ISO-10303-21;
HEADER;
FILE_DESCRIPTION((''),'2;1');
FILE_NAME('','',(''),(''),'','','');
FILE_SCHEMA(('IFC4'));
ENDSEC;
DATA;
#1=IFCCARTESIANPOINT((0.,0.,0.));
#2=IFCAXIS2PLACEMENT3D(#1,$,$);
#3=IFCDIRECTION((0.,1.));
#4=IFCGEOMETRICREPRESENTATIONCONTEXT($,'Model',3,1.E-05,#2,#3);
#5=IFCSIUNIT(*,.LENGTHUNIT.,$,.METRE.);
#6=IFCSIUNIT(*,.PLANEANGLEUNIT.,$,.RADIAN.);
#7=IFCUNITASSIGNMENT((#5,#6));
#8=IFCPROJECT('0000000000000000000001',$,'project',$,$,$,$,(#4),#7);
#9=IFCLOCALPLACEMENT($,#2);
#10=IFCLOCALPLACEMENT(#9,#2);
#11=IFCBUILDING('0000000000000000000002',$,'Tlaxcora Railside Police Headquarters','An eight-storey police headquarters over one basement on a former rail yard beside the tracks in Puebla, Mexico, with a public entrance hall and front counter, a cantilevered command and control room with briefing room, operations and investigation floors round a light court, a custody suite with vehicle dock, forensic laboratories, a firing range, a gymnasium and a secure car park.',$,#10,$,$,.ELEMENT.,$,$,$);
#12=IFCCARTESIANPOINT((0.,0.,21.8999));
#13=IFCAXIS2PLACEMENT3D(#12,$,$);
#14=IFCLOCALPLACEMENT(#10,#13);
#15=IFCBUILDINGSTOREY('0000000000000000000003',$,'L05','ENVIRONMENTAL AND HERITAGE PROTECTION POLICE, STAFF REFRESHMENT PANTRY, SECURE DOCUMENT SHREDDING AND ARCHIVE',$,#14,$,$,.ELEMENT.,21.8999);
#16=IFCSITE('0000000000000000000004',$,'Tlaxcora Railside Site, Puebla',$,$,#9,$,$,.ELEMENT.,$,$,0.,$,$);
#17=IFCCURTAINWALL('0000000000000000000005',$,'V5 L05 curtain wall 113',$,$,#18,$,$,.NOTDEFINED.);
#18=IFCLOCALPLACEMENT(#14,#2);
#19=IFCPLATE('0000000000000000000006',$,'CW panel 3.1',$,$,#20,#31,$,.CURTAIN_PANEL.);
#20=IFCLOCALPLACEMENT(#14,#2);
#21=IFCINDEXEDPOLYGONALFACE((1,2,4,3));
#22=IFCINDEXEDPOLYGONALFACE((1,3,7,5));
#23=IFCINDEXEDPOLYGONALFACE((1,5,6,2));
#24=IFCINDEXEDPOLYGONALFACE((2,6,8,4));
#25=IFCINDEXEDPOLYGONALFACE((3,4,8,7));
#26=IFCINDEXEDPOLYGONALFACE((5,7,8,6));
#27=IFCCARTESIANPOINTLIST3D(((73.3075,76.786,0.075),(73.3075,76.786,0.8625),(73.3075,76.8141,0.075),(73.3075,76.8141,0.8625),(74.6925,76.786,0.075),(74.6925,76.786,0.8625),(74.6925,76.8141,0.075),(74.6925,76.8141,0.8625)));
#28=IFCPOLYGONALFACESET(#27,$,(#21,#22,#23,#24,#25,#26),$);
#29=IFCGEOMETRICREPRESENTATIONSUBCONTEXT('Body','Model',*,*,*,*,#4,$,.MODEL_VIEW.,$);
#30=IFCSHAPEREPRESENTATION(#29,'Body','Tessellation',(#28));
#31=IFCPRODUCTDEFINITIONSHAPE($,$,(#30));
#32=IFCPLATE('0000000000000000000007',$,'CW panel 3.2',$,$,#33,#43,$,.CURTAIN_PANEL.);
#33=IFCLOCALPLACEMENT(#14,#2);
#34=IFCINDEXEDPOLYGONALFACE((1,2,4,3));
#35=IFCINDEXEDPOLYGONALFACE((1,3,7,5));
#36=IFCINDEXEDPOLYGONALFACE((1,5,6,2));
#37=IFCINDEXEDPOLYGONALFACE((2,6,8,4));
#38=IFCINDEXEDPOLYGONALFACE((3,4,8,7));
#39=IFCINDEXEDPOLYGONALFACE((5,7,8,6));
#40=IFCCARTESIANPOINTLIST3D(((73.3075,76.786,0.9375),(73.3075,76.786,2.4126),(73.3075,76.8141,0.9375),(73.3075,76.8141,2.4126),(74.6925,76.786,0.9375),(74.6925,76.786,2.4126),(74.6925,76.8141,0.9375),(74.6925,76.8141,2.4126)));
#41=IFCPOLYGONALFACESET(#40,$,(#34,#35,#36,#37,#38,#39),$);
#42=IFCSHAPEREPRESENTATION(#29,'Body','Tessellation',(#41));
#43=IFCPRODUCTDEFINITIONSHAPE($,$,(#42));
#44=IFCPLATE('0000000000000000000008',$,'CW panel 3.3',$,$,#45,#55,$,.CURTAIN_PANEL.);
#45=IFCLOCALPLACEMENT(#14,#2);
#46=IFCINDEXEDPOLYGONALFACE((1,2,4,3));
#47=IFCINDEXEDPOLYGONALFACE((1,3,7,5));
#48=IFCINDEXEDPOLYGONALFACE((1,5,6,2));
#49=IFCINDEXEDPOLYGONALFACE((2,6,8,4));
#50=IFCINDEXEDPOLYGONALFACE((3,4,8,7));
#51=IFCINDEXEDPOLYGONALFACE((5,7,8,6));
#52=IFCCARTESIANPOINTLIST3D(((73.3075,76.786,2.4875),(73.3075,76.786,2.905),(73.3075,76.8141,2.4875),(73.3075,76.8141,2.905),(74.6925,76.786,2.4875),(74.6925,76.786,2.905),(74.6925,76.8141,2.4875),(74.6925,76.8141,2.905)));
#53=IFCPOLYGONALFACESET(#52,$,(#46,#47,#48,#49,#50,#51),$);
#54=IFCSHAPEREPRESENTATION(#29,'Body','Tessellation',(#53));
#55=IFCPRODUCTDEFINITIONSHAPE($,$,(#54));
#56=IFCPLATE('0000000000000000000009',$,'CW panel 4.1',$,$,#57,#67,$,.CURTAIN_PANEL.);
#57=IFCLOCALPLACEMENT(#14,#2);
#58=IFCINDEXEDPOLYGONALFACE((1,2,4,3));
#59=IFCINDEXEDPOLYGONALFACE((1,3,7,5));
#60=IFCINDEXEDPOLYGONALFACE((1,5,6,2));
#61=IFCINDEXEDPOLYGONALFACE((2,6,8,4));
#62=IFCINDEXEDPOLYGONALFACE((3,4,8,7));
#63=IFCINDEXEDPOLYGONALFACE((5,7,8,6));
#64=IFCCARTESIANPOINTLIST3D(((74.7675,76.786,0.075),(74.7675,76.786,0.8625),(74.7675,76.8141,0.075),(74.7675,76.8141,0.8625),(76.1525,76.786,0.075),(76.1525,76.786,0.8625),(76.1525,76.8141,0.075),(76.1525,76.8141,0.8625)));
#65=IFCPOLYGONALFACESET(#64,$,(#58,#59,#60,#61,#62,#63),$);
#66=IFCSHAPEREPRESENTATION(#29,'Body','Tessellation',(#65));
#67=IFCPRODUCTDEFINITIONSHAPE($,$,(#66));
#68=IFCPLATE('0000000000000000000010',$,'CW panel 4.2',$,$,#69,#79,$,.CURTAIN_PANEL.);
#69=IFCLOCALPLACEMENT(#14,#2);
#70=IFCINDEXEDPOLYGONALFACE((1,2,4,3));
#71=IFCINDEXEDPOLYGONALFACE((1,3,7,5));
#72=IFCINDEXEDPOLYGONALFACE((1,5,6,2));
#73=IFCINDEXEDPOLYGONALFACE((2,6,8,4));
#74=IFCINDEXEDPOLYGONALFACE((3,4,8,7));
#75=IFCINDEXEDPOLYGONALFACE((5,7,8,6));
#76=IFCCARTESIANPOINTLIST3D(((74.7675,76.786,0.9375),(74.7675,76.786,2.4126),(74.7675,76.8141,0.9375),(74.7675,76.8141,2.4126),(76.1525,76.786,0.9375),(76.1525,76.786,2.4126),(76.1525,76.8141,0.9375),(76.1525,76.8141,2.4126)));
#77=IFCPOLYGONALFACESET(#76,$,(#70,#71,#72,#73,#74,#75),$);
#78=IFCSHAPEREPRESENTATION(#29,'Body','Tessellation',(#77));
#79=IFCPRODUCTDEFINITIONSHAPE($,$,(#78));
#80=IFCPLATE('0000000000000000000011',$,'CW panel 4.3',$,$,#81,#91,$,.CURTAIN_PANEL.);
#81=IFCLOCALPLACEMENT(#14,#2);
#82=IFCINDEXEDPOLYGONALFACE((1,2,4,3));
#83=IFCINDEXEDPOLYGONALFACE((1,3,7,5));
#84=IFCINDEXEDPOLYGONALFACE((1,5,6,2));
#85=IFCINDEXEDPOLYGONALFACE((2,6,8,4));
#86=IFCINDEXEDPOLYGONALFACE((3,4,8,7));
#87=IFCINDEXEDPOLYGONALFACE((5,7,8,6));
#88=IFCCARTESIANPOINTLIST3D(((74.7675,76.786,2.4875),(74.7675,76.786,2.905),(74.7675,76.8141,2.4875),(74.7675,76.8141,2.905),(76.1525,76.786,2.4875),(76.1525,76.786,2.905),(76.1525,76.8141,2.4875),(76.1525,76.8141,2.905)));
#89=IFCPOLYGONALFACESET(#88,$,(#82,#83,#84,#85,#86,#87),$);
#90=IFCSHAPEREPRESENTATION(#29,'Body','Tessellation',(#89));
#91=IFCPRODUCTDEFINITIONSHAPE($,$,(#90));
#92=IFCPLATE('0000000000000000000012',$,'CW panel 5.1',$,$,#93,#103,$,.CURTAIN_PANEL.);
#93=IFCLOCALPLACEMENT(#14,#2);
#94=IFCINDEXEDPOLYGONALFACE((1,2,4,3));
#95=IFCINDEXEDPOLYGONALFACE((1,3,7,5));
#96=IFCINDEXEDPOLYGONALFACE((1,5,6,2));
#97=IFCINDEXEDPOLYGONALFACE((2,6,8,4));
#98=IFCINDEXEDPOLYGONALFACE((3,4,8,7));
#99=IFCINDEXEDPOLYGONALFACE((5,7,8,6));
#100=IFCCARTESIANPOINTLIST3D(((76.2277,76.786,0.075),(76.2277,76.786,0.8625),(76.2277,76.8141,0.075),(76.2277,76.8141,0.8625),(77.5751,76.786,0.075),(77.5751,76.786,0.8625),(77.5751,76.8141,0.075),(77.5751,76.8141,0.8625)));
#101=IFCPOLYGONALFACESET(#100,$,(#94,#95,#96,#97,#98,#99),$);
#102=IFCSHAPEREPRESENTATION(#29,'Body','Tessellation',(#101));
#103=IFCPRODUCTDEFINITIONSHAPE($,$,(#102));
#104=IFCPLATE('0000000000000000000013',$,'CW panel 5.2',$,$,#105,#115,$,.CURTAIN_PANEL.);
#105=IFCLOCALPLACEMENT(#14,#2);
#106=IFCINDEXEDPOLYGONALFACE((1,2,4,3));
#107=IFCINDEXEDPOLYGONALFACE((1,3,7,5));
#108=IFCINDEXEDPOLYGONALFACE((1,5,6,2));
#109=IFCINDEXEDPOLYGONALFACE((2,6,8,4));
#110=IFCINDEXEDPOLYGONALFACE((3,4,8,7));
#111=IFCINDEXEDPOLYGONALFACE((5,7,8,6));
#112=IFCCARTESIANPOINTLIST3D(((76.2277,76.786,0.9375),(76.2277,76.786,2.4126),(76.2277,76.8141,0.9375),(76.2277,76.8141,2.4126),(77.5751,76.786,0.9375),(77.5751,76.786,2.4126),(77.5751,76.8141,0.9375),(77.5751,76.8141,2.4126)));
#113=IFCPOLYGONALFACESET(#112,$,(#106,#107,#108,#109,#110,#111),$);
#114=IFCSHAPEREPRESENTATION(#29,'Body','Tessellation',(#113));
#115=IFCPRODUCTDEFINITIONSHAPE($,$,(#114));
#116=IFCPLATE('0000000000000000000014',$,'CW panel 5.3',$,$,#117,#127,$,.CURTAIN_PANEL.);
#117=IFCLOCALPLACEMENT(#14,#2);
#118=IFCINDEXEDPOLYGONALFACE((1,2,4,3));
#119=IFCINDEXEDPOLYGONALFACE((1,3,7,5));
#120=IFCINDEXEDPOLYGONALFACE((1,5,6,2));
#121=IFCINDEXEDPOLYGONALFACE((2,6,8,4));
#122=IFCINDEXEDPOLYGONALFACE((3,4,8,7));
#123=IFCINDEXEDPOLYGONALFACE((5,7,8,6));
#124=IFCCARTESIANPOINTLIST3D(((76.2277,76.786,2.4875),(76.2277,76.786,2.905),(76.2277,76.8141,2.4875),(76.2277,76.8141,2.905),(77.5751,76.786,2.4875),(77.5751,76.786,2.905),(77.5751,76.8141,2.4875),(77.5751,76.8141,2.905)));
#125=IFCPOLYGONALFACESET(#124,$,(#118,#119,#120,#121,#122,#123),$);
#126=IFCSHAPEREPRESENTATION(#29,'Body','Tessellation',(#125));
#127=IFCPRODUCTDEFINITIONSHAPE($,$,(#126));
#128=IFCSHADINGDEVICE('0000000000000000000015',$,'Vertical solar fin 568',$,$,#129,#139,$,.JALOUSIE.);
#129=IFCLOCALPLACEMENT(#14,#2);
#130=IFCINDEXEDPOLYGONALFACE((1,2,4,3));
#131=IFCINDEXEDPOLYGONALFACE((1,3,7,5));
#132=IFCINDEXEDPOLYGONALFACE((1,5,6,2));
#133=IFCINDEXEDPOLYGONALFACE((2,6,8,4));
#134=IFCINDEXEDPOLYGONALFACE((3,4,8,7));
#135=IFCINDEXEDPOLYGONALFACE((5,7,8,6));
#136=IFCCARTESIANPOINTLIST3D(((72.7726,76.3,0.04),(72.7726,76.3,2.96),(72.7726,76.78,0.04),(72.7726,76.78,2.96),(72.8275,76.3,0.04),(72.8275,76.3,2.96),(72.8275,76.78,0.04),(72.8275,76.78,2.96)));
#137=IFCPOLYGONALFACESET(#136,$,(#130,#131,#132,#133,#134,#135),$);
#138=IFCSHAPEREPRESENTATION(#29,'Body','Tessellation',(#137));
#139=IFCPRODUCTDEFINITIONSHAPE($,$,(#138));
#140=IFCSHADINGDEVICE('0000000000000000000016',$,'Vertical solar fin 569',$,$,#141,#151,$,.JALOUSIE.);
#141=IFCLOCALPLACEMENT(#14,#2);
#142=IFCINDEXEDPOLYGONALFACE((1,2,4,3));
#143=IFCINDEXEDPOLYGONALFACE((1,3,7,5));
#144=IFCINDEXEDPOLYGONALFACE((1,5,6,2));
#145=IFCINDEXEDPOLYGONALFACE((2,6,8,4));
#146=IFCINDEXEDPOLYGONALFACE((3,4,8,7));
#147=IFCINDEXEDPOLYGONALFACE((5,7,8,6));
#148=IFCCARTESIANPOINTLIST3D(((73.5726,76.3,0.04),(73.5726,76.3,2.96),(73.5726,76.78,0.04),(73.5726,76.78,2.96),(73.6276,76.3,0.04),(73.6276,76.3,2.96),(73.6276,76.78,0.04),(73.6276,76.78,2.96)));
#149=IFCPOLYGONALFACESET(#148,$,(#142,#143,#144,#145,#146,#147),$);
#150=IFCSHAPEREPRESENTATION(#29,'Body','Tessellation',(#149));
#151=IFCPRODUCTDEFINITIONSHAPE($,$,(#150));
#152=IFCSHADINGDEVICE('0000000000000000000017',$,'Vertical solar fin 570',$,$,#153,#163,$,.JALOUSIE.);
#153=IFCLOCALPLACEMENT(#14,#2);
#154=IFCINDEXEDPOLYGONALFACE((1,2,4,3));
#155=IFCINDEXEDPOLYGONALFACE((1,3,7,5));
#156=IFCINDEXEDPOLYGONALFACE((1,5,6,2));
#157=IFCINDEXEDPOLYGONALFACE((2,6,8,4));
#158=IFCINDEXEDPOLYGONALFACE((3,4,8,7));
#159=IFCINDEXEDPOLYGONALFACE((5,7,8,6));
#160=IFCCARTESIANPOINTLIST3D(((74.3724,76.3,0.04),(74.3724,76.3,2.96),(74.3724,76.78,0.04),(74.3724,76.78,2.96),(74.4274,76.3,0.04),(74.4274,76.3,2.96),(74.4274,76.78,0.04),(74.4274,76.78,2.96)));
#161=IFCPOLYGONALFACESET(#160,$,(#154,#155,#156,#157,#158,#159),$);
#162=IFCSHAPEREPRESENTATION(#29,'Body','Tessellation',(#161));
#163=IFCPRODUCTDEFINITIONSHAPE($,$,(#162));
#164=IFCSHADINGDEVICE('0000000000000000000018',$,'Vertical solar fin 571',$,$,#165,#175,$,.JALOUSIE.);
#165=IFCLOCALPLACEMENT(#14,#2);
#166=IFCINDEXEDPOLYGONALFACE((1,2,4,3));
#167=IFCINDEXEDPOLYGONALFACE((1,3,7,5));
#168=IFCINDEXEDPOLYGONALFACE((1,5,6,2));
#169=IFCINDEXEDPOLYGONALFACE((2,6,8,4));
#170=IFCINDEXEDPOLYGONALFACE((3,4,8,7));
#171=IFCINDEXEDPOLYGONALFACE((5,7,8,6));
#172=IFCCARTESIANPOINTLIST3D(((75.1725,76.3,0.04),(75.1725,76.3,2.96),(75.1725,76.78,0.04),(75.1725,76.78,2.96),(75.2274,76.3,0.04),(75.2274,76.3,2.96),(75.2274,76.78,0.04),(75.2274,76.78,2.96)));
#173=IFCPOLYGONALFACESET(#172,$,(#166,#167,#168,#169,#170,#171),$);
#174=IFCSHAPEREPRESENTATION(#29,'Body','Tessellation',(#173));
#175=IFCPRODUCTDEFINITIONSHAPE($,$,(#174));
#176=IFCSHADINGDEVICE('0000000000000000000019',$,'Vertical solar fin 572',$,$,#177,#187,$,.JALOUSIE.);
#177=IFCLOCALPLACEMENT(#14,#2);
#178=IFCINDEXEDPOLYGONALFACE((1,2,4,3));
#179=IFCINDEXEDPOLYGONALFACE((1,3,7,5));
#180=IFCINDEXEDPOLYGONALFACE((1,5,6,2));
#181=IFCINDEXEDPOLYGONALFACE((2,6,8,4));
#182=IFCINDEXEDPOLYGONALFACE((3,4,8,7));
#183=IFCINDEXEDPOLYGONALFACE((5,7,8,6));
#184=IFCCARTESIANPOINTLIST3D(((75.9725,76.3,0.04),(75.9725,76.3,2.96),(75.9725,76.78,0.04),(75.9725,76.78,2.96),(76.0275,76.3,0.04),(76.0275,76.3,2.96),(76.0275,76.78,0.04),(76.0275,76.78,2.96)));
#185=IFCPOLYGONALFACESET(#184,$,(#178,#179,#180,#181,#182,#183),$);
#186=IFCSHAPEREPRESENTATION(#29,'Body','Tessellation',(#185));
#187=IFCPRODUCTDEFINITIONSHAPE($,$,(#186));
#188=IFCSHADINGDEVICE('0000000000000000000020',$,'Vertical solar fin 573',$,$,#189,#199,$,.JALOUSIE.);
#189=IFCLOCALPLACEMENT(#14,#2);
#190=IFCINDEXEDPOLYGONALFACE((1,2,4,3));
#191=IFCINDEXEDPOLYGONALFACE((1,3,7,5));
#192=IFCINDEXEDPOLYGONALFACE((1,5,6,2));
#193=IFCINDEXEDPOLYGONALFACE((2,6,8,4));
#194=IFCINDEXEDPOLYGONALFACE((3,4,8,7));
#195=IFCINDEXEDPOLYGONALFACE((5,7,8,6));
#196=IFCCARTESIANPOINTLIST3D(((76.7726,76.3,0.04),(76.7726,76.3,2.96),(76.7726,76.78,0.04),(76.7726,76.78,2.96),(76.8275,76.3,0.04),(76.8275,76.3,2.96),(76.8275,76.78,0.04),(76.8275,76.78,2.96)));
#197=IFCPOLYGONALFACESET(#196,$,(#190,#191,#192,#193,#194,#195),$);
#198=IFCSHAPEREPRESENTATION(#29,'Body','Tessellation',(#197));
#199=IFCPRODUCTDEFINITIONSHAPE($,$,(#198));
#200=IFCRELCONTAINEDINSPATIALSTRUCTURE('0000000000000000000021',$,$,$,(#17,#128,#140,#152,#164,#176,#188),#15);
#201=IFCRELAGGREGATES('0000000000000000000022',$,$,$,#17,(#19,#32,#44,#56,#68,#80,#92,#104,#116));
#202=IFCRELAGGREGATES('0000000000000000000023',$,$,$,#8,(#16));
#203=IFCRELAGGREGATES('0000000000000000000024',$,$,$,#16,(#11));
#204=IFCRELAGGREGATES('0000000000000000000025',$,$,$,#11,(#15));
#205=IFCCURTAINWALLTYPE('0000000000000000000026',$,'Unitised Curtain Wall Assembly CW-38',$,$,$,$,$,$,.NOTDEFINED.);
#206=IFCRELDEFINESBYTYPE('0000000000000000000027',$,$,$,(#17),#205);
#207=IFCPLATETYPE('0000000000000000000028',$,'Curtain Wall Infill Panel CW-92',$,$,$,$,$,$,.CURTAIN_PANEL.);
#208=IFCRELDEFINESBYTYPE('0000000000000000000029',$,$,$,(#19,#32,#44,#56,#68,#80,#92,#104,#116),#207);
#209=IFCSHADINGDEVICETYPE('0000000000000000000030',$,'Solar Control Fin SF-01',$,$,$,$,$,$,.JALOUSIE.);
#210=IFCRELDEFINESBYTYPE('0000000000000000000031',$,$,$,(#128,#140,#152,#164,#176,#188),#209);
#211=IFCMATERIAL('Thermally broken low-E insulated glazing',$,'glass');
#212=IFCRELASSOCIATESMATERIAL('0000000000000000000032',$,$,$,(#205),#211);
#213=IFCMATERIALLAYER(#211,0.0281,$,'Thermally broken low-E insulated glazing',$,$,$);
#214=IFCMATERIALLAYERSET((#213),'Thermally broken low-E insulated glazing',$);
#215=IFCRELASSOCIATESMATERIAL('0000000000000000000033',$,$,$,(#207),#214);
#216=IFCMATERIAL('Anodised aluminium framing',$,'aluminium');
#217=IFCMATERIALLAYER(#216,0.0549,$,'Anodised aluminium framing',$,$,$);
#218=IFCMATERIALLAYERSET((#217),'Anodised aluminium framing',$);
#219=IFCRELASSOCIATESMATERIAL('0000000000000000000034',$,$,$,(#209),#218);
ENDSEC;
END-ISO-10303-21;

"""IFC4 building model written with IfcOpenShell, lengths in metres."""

from ifc_helpers import new_model, si_unit, direction, frame, origin, origin_2d, place, context, subcontext, project, spatial, rectangle, extrude, material, layer, layer_set, type_object, element, aggregate, save


model = new_model("IFC4")

# Units and contexts
model_context = context("Model", 3, precision=1e-05, world=origin(), true_north=direction((0.0, 1.0)))
body_context = subcontext(model_context, "Body", "Model", "MODEL_VIEW")
ifc_project = project(units=[si_unit("LENGTHUNIT", "METRE"), si_unit("PLANEANGLEUNIT", "RADIAN")], contexts=[model_context])

# Site, building, storey
site_placement = place(None, origin())
site = spatial("IfcSite", under=ifc_project, at=site_placement, Name="Tlaxcora Railside Site, Puebla", CompositionType="ELEMENT", RefElevation=0.0)
building_placement = place(site_placement, origin())
building = spatial("IfcBuilding", under=site, at=building_placement, Name="Tlaxcora Railside Police Headquarters", Description="An eight-storey police headquarters over one basement on a former rail yard beside the tracks in Puebla, Mexico, with a public entrance hall and front counter, a cantilevered command and control room with briefing room, operations and investigation floors round a light court, a custody suite with vehicle dock, forensic laboratories, a firing range, a gymnasium and a secure car park.", CompositionType="ELEMENT")
storey_placement = place(building_placement, frame((0.0, 0.0, 21.8999)))
storey = spatial("IfcBuildingStorey", under=building, at=storey_placement, Name="L05", Description="ENVIRONMENTAL AND HERITAGE PROTECTION POLICE, STAFF REFRESHMENT PANTRY, SECURE DOCUMENT SHREDDING AND ARCHIVE", CompositionType="ELEMENT", Elevation=21.8999)

# Curtain wall, plates
ifc_material_1 = material(Name="Thermally broken low-E insulated glazing", Category="glass")
curtain_wall_type = type_object("IfcCurtainWallType", Name="Unitised Curtain Wall Assembly CW-38", PredefinedType="NOTDEFINED", material=ifc_material_1)
curtain_wall_placement = place(storey_placement, origin())
curtain_wall = element("IfcCurtainWall", 1, at=curtain_wall_placement, inside=storey, type_object=curtain_wall_type, Name="V5 L05 curtain wall 113", PredefinedType="NOTDEFINED")
ifc_material_2 = material(Name="Anodised aluminium framing", Category="aluminium")
ifc_layer_1 = layer(ifc_material_1, 0.0281, Name="Thermally broken low-E insulated glazing")
ifc_layer_set_1 = layer_set([ifc_layer_1], Name="Thermally broken low-E insulated glazing")
plate_type = type_object("IfcPlateType", Name="Curtain Wall Infill Panel CW-92", PredefinedType="CURTAIN_PANEL", material=ifc_layer_set_1)
plate_1_placement = place(storey_placement, frame((74.0, 76.8, 0.075), z_axis=(0.0, 0.0, 1.0), x_axis=(1.0, 0.0, 0.0)))
plate_1 = element("IfcPlate", 2, at=plate_1_placement, type_object=plate_type, Name="CW panel 3.1", PredefinedType="CURTAIN_PANEL", context=body_context, shape_type="SweptSolid", body=[
    extrude(rectangle(XDim=1.385, YDim=0.0281, at=origin_2d()), origin(), (0.0, 0.0, 1.0), 0.7876),
])
plate_2_placement = place(storey_placement, frame((74.0, 76.8, 0.9375), z_axis=(0.0, 0.0, 1.0), x_axis=(1.0, 0.0, 0.0)))
plate_2 = element("IfcPlate", 3, at=plate_2_placement, type_object=plate_type, Name="CW panel 3.2", PredefinedType="CURTAIN_PANEL", context=body_context, shape_type="SweptSolid", body=[
    extrude(rectangle(XDim=1.385, YDim=0.0281, at=origin_2d()), origin(), (0.0, 0.0, 1.0), 1.4751),
])
plate_3_placement = place(storey_placement, frame((74.0, 76.8, 2.4875), z_axis=(0.0, 0.0, 1.0), x_axis=(1.0, 0.0, 0.0)))
plate_3 = element("IfcPlate", 4, at=plate_3_placement, type_object=plate_type, Name="CW panel 3.3", PredefinedType="CURTAIN_PANEL", context=body_context, shape_type="SweptSolid", body=[
    extrude(rectangle(XDim=1.385, YDim=0.0281, at=origin_2d()), origin(), (0.0, 0.0, 1.0), 0.4175),
])
plate_4_placement = place(storey_placement, frame((75.46, 76.8, 0.075), z_axis=(0.0, 0.0, 1.0), x_axis=(1.0, 0.0, 0.0)))
plate_4 = element("IfcPlate", 5, at=plate_4_placement, type_object=plate_type, Name="CW panel 4.1", PredefinedType="CURTAIN_PANEL", context=body_context, shape_type="SweptSolid", body=[
    extrude(rectangle(XDim=1.385, YDim=0.0281, at=origin_2d()), origin(), (0.0, 0.0, 1.0), 0.7876),
])
plate_5_placement = place(storey_placement, frame((75.46, 76.8, 0.9375), z_axis=(0.0, 0.0, 1.0), x_axis=(1.0, 0.0, 0.0)))
plate_5 = element("IfcPlate", 6, at=plate_5_placement, type_object=plate_type, Name="CW panel 4.2", PredefinedType="CURTAIN_PANEL", context=body_context, shape_type="SweptSolid", body=[
    extrude(rectangle(XDim=1.385, YDim=0.0281, at=origin_2d()), origin(), (0.0, 0.0, 1.0), 1.4751),
])
plate_6_placement = place(storey_placement, frame((75.46, 76.8, 2.4875), z_axis=(0.0, 0.0, 1.0), x_axis=(1.0, 0.0, 0.0)))
plate_6 = element("IfcPlate", 7, at=plate_6_placement, type_object=plate_type, Name="CW panel 4.3", PredefinedType="CURTAIN_PANEL", context=body_context, shape_type="SweptSolid", body=[
    extrude(rectangle(XDim=1.385, YDim=0.0281, at=origin_2d()), origin(), (0.0, 0.0, 1.0), 0.4175),
])
plate_7_placement = place(storey_placement, frame((76.9014, 76.8, 0.075), z_axis=(0.0, 0.0, 1.0), x_axis=(1.0, 0.0, 0.0)))
plate_7 = element("IfcPlate", 8, at=plate_7_placement, type_object=plate_type, Name="CW panel 5.1", PredefinedType="CURTAIN_PANEL", context=body_context, shape_type="SweptSolid", body=[
    extrude(rectangle(XDim=1.3474, YDim=0.0281, at=origin_2d()), origin(), (0.0, 0.0, 1.0), 0.7876),
])
plate_8_placement = place(storey_placement, frame((76.9014, 76.8, 0.9375), z_axis=(0.0, 0.0, 1.0), x_axis=(1.0, 0.0, 0.0)))
plate_8 = element("IfcPlate", 9, at=plate_8_placement, type_object=plate_type, Name="CW panel 5.2", PredefinedType="CURTAIN_PANEL", context=body_context, shape_type="SweptSolid", body=[
    extrude(rectangle(XDim=1.3474, YDim=0.0281, at=origin_2d()), origin(), (0.0, 0.0, 1.0), 1.4751),
])
plate_9_placement = place(storey_placement, frame((76.9014, 76.8, 2.4875), z_axis=(0.0, 0.0, 1.0), x_axis=(1.0, 0.0, 0.0)))
plate_9 = element("IfcPlate", 10, at=plate_9_placement, type_object=plate_type, Name="CW panel 5.3", PredefinedType="CURTAIN_PANEL", context=body_context, shape_type="SweptSolid", body=[
    extrude(rectangle(XDim=1.3474, YDim=0.0281, at=origin_2d()), origin(), (0.0, 0.0, 1.0), 0.4175),
])
aggregate(curtain_wall, [plate_1, plate_2, plate_3, plate_4, plate_5, plate_6, plate_7, plate_8, plate_9])

# Shading devices
ifc_layer_2 = layer(ifc_material_2, 0.0549, Name="Anodised aluminium framing")
ifc_layer_set_2 = layer_set([ifc_layer_2], Name="Anodised aluminium framing")
shading_device_type = type_object("IfcShadingDeviceType", Name="Solar Control Fin SF-01", PredefinedType="JALOUSIE", material=ifc_layer_set_2)
for number, where, z_axis, x_axis, name in (
    (11, (72.8, 76.54, 0.04), (0.0, 0.0, 1.0), (0.0, -1.0, 0.0), "Vertical solar fin 568"),
    (12, (73.6001, 76.54, 0.04), (0.0, 0.0, 1.0), (0.0, -1.0, 0.0), "Vertical solar fin 569"),
    (13, (74.3999, 76.54, 0.04), (0.0, 0.0, 1.0), (0.0, -1.0, 0.0), "Vertical solar fin 570"),
    (14, (75.2, 76.54, 0.04), (0.0, 0.0, 1.0), (0.0, -1.0, 0.0), "Vertical solar fin 571"),
    (15, (76.0, 76.54, 0.04), (0.0, 0.0, 1.0), (0.0, -1.0, 0.0), "Vertical solar fin 572"),
    (16, (76.8, 76.54, 0.04), (0.0, 0.0, 1.0), (0.0, -1.0, 0.0), "Vertical solar fin 573"),
):
    element("IfcShadingDevice", number, at=place(storey_placement, frame(where, z_axis=z_axis, x_axis=x_axis)), inside=storey, type_object=shading_device_type, Name=name, PredefinedType="JALOUSIE", context=body_context, shape_type="SweptSolid", body=[
        extrude(rectangle(XDim=0.48, YDim=0.0549, at=origin_2d()), origin(), (0.0, 0.0, 1.0), 2.9199),
    ])

save(model, "model.ifc")
